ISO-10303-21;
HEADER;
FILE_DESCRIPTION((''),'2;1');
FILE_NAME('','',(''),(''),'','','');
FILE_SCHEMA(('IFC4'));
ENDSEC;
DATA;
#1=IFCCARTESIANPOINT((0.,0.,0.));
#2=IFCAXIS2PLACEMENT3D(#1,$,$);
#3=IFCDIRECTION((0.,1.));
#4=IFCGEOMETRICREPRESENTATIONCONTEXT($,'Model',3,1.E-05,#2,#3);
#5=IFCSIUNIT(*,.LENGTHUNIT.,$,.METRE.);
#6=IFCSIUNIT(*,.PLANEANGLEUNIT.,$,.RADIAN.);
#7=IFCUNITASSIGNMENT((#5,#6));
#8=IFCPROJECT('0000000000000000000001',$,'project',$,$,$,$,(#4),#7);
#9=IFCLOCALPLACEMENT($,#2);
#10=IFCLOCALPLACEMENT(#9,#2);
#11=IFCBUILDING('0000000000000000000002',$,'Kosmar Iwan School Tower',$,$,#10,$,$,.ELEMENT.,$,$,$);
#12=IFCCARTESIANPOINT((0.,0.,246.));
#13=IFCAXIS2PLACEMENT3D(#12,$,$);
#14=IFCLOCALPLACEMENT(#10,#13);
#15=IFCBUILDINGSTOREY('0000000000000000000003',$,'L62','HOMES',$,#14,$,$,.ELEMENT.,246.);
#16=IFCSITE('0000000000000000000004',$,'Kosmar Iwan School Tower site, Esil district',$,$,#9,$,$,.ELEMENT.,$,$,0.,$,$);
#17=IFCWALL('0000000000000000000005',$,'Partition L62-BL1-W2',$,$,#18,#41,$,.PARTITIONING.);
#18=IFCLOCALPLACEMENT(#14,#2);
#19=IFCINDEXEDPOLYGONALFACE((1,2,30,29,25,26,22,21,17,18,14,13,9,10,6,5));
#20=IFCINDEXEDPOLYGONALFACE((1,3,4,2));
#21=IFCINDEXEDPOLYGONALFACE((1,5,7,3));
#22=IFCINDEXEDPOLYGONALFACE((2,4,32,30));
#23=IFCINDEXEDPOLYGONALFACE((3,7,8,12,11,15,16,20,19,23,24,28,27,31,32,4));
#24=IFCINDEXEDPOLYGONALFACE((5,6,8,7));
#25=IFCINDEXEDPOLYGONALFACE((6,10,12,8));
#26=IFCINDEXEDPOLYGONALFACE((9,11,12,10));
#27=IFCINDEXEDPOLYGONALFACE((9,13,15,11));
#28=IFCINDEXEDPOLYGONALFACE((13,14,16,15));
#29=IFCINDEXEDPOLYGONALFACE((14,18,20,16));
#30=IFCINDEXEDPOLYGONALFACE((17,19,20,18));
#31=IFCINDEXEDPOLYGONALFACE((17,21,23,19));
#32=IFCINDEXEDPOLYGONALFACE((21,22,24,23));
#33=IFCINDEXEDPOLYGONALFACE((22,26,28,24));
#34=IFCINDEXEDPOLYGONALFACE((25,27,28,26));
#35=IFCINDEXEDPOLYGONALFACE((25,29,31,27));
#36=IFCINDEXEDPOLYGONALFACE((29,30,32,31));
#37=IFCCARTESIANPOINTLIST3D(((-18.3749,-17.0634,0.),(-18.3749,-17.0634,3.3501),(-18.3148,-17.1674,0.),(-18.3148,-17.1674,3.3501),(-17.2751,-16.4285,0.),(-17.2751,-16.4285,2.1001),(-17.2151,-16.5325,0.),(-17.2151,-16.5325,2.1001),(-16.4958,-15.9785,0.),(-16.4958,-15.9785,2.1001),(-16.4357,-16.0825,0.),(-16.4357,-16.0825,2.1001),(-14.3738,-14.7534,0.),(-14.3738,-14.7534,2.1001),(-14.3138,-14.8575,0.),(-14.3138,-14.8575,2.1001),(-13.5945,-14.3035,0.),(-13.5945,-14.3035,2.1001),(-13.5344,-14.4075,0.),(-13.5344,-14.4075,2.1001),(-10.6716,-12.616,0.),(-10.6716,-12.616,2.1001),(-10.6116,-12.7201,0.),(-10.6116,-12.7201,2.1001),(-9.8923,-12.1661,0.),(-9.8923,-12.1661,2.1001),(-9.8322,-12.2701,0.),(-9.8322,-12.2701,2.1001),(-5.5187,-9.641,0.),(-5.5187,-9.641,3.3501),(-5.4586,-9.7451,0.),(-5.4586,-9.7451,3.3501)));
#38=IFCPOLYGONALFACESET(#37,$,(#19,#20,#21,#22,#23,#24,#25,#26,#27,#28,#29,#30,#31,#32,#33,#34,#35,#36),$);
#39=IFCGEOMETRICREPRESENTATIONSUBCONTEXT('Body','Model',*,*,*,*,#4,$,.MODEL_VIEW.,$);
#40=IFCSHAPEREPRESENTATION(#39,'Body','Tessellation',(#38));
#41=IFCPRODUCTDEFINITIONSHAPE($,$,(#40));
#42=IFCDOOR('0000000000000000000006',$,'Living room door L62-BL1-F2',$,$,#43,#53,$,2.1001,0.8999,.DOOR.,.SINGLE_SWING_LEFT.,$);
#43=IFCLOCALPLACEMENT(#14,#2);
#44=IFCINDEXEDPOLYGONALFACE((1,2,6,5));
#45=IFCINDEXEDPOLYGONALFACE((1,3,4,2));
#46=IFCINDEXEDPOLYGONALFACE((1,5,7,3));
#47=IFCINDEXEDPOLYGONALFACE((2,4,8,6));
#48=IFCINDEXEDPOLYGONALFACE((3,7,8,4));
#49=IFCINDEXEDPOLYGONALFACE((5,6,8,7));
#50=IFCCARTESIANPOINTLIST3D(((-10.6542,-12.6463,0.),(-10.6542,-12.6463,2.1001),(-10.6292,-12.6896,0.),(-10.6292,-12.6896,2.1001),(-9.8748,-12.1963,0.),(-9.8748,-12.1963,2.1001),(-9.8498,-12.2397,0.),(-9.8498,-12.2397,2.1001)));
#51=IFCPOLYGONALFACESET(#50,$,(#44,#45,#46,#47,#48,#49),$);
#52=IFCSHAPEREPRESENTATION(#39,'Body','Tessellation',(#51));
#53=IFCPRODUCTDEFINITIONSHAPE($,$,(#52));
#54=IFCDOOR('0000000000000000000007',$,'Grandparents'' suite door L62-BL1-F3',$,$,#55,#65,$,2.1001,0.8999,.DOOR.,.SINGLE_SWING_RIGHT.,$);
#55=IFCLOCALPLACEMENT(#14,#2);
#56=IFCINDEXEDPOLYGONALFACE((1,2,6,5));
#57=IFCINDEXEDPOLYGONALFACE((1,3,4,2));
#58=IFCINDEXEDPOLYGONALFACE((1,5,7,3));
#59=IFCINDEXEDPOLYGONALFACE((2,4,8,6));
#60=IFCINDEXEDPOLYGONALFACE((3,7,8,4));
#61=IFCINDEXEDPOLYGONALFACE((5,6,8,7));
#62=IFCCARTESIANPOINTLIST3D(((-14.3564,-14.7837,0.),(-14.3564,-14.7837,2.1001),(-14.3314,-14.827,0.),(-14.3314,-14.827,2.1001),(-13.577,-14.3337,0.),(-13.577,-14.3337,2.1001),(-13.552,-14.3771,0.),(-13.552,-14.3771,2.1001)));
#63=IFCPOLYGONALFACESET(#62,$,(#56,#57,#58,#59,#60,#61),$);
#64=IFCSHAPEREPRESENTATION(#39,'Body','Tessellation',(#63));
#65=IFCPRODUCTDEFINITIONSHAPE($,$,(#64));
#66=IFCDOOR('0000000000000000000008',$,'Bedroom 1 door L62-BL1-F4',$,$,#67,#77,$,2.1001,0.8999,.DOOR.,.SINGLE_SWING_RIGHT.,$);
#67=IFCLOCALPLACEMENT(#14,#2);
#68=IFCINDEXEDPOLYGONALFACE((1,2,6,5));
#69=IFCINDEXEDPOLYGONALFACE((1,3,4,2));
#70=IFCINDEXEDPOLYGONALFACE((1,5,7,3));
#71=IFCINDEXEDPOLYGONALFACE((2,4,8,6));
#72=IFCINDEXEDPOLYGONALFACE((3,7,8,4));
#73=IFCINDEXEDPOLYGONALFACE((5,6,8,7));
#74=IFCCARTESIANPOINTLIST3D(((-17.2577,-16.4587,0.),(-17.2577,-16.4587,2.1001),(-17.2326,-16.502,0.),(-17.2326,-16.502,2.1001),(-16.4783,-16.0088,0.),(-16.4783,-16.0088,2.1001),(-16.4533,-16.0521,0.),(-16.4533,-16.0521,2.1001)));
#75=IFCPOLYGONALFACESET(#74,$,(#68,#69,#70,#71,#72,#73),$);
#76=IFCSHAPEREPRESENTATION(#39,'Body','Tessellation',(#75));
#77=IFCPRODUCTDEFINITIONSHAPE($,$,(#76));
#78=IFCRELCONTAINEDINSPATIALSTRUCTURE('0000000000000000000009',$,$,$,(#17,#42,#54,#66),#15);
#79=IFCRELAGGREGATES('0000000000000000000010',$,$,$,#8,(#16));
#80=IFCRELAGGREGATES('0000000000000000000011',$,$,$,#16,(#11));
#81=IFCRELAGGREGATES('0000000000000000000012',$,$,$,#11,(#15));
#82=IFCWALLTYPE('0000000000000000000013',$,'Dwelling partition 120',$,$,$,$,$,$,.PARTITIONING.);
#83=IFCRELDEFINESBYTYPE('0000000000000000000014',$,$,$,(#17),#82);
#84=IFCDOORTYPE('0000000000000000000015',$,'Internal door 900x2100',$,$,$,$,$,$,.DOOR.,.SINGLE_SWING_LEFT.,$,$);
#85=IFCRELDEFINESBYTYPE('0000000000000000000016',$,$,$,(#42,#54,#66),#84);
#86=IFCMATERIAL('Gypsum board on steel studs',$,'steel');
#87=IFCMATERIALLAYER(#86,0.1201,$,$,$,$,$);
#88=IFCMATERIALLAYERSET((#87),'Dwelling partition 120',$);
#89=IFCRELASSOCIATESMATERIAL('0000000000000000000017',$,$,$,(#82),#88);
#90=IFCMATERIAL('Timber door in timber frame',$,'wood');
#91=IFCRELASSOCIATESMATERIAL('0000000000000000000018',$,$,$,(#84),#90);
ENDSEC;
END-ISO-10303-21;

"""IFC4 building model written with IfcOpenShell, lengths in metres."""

from ifc_helpers import new_model, si_unit, direction, frame, frame_2d, origin, place, context, subcontext, project, spatial, rectangle, extrude, material, layer, layer_set, type_object, element, fill, save


model = new_model("IFC4")

# Units and contexts
model_context = context("Model", 3, precision=1e-05, world=origin(), true_north=direction((0.0, 1.0)))
body_context = subcontext(model_context, "Body", "Model", "MODEL_VIEW")
ifc_project = project(units=[si_unit("LENGTHUNIT", "METRE"), si_unit("PLANEANGLEUNIT", "RADIAN")], contexts=[model_context])

# Site, building, storey
site_placement = place(None, origin())
site = spatial("IfcSite", under=ifc_project, at=site_placement, Name="Kosmar Iwan School Tower site, Esil district", CompositionType="ELEMENT", RefElevation=0.0)
building_placement = place(site_placement, origin())
building = spatial("IfcBuilding", under=site, at=building_placement, Name="Kosmar Iwan School Tower", CompositionType="ELEMENT")
storey_placement = place(building_placement, frame((0.0, 0.0, 246.0)))
storey = spatial("IfcBuildingStorey", under=building, at=storey_placement, Name="L62", Description="HOMES", CompositionType="ELEMENT", Elevation=246.0)

# Wall, openings, doors
ifc_material_1 = material(Name="Gypsum board on steel studs", Category="steel")
ifc_layer_1 = layer(ifc_material_1, 0.1201)
ifc_layer_set_1 = layer_set([ifc_layer_1], Name="Dwelling partition 120")
wall_type_1 = type_object("IfcWallType", Name="Dwelling partition 120", PredefinedType="PARTITIONING", material=ifc_layer_set_1)
ifc_material_2 = material(Name="Timber door in timber frame", Category="wood")
door_type_1 = type_object("IfcDoorType", Name="Internal door 900x2100", OperationType="SINGLE_SWING_LEFT", PredefinedType="DOOR", material=ifc_material_2)
wall_1_placement = place(storey_placement, frame((-5.4888, -9.6931, 0.0), z_axis=(0.0, 0.0, 1.0), x_axis=(-0.86603, -0.499992, 0.0)))
wall_1 = element("IfcWall", 1, at=wall_1_placement, inside=storey, type_object=wall_type_1, Name="Partition L62-BL1-W2", PredefinedType="PARTITIONING", context=body_context, shape_type="SweptSolid", body=[
    extrude(rectangle(XDim=14.845, YDim=0.1201, at=frame_2d((7.4224, 0.0))), origin(), (0.0, 0.0, 1.0), 3.3501),
])
opening_1_placement = place(wall_1_placement, frame((5.05, 0.0, 0.0)))
opening_1 = element("IfcOpeningElement", 2, at=opening_1_placement, cuts=wall_1, PredefinedType="OPENING", context=body_context, shape_type="SweptSolid", body=[
    extrude(rectangle(XDim=0.8999, YDim=2.1001, at=frame_2d((0.45, 1.05))), frame((0.0, 0.072, 0.0), z_axis=(0.0, -1.0, 0.0), x_axis=(1.0, 0.0, 0.0)), (0.0, 0.0, 1.0), 0.144),
])
opening_2_placement = place(wall_1_placement, frame((9.325, 0.0, 0.0)))
opening_2 = element("IfcOpeningElement", 3, at=opening_2_placement, cuts=wall_1, PredefinedType="OPENING", context=body_context, shape_type="SweptSolid", body=[
    extrude(rectangle(XDim=0.8999, YDim=2.1001, at=frame_2d((0.45, 1.05))), frame((0.0, 0.072, 0.0), z_axis=(0.0, -1.0, 0.0), x_axis=(1.0, 0.0, 0.0)), (0.0, 0.0, 1.0), 0.144),
])
opening_3_placement = place(wall_1_placement, frame((12.675, 0.0, 0.0)))
opening_3 = element("IfcOpeningElement", 4, at=opening_3_placement, cuts=wall_1, PredefinedType="OPENING", context=body_context, shape_type="SweptSolid", body=[
    extrude(rectangle(XDim=0.8999, YDim=2.1001, at=frame_2d((0.45, 1.05))), frame((0.0, 0.072, 0.0), z_axis=(0.0, -1.0, 0.0), x_axis=(1.0, 0.0, 0.0)), (0.0, 0.0, 1.0), 0.144),
])
door_1_placement = place(opening_1_placement, origin())
door_1 = element("IfcDoor", 5, at=door_1_placement, inside=storey, type_object=door_type_1, Name="Living room door L62-BL1-F2", OperationType="SINGLE_SWING_LEFT", OverallHeight=2.1001, OverallWidth=0.8999, PredefinedType="DOOR", context=body_context, shape_type="SweptSolid", body=[
    extrude(rectangle(XDim=0.8999, YDim=2.1001, at=frame_2d((0.45, 1.05))), frame((0.0, 0.0249, 0.0), z_axis=(0.0, -1.0, 0.0), x_axis=(1.0, 0.0, 0.0)), (0.0, 0.0, 1.0), 0.05),
])
fill(opening_1, door_1)
door_2_placement = place(opening_2_placement, origin())
door_2 = element("IfcDoor", 6, at=door_2_placement, inside=storey, type_object=door_type_1, Name="Grandparents' suite door L62-BL1-F3", OperationType="SINGLE_SWING_RIGHT", OverallHeight=2.1001, OverallWidth=0.8999, PredefinedType="DOOR", context=body_context, shape_type="SweptSolid", body=[
    extrude(rectangle(XDim=0.8999, YDim=2.1001, at=frame_2d((0.45, 1.05))), frame((0.0, 0.0249, 0.0), z_axis=(0.0, -1.0, 0.0), x_axis=(1.0, 0.0, 0.0)), (0.0, 0.0, 1.0), 0.05),
])
fill(opening_2, door_2)
door_3_placement = place(opening_3_placement, origin())
door_3 = element("IfcDoor", 7, at=door_3_placement, inside=storey, type_object=door_type_1, Name="Bedroom 1 door L62-BL1-F4", OperationType="SINGLE_SWING_RIGHT", OverallHeight=2.1001, OverallWidth=0.8999, PredefinedType="DOOR", context=body_context, shape_type="SweptSolid", body=[
    extrude(rectangle(XDim=0.8999, YDim=2.1001, at=frame_2d((0.45, 1.05))), frame((0.0, 0.0249, 0.0), z_axis=(0.0, -1.0, 0.0), x_axis=(1.0, 0.0, 0.0)), (0.0, 0.0, 1.0), 0.05),
])
fill(opening_3, door_3)

save(model, "model.ifc")
